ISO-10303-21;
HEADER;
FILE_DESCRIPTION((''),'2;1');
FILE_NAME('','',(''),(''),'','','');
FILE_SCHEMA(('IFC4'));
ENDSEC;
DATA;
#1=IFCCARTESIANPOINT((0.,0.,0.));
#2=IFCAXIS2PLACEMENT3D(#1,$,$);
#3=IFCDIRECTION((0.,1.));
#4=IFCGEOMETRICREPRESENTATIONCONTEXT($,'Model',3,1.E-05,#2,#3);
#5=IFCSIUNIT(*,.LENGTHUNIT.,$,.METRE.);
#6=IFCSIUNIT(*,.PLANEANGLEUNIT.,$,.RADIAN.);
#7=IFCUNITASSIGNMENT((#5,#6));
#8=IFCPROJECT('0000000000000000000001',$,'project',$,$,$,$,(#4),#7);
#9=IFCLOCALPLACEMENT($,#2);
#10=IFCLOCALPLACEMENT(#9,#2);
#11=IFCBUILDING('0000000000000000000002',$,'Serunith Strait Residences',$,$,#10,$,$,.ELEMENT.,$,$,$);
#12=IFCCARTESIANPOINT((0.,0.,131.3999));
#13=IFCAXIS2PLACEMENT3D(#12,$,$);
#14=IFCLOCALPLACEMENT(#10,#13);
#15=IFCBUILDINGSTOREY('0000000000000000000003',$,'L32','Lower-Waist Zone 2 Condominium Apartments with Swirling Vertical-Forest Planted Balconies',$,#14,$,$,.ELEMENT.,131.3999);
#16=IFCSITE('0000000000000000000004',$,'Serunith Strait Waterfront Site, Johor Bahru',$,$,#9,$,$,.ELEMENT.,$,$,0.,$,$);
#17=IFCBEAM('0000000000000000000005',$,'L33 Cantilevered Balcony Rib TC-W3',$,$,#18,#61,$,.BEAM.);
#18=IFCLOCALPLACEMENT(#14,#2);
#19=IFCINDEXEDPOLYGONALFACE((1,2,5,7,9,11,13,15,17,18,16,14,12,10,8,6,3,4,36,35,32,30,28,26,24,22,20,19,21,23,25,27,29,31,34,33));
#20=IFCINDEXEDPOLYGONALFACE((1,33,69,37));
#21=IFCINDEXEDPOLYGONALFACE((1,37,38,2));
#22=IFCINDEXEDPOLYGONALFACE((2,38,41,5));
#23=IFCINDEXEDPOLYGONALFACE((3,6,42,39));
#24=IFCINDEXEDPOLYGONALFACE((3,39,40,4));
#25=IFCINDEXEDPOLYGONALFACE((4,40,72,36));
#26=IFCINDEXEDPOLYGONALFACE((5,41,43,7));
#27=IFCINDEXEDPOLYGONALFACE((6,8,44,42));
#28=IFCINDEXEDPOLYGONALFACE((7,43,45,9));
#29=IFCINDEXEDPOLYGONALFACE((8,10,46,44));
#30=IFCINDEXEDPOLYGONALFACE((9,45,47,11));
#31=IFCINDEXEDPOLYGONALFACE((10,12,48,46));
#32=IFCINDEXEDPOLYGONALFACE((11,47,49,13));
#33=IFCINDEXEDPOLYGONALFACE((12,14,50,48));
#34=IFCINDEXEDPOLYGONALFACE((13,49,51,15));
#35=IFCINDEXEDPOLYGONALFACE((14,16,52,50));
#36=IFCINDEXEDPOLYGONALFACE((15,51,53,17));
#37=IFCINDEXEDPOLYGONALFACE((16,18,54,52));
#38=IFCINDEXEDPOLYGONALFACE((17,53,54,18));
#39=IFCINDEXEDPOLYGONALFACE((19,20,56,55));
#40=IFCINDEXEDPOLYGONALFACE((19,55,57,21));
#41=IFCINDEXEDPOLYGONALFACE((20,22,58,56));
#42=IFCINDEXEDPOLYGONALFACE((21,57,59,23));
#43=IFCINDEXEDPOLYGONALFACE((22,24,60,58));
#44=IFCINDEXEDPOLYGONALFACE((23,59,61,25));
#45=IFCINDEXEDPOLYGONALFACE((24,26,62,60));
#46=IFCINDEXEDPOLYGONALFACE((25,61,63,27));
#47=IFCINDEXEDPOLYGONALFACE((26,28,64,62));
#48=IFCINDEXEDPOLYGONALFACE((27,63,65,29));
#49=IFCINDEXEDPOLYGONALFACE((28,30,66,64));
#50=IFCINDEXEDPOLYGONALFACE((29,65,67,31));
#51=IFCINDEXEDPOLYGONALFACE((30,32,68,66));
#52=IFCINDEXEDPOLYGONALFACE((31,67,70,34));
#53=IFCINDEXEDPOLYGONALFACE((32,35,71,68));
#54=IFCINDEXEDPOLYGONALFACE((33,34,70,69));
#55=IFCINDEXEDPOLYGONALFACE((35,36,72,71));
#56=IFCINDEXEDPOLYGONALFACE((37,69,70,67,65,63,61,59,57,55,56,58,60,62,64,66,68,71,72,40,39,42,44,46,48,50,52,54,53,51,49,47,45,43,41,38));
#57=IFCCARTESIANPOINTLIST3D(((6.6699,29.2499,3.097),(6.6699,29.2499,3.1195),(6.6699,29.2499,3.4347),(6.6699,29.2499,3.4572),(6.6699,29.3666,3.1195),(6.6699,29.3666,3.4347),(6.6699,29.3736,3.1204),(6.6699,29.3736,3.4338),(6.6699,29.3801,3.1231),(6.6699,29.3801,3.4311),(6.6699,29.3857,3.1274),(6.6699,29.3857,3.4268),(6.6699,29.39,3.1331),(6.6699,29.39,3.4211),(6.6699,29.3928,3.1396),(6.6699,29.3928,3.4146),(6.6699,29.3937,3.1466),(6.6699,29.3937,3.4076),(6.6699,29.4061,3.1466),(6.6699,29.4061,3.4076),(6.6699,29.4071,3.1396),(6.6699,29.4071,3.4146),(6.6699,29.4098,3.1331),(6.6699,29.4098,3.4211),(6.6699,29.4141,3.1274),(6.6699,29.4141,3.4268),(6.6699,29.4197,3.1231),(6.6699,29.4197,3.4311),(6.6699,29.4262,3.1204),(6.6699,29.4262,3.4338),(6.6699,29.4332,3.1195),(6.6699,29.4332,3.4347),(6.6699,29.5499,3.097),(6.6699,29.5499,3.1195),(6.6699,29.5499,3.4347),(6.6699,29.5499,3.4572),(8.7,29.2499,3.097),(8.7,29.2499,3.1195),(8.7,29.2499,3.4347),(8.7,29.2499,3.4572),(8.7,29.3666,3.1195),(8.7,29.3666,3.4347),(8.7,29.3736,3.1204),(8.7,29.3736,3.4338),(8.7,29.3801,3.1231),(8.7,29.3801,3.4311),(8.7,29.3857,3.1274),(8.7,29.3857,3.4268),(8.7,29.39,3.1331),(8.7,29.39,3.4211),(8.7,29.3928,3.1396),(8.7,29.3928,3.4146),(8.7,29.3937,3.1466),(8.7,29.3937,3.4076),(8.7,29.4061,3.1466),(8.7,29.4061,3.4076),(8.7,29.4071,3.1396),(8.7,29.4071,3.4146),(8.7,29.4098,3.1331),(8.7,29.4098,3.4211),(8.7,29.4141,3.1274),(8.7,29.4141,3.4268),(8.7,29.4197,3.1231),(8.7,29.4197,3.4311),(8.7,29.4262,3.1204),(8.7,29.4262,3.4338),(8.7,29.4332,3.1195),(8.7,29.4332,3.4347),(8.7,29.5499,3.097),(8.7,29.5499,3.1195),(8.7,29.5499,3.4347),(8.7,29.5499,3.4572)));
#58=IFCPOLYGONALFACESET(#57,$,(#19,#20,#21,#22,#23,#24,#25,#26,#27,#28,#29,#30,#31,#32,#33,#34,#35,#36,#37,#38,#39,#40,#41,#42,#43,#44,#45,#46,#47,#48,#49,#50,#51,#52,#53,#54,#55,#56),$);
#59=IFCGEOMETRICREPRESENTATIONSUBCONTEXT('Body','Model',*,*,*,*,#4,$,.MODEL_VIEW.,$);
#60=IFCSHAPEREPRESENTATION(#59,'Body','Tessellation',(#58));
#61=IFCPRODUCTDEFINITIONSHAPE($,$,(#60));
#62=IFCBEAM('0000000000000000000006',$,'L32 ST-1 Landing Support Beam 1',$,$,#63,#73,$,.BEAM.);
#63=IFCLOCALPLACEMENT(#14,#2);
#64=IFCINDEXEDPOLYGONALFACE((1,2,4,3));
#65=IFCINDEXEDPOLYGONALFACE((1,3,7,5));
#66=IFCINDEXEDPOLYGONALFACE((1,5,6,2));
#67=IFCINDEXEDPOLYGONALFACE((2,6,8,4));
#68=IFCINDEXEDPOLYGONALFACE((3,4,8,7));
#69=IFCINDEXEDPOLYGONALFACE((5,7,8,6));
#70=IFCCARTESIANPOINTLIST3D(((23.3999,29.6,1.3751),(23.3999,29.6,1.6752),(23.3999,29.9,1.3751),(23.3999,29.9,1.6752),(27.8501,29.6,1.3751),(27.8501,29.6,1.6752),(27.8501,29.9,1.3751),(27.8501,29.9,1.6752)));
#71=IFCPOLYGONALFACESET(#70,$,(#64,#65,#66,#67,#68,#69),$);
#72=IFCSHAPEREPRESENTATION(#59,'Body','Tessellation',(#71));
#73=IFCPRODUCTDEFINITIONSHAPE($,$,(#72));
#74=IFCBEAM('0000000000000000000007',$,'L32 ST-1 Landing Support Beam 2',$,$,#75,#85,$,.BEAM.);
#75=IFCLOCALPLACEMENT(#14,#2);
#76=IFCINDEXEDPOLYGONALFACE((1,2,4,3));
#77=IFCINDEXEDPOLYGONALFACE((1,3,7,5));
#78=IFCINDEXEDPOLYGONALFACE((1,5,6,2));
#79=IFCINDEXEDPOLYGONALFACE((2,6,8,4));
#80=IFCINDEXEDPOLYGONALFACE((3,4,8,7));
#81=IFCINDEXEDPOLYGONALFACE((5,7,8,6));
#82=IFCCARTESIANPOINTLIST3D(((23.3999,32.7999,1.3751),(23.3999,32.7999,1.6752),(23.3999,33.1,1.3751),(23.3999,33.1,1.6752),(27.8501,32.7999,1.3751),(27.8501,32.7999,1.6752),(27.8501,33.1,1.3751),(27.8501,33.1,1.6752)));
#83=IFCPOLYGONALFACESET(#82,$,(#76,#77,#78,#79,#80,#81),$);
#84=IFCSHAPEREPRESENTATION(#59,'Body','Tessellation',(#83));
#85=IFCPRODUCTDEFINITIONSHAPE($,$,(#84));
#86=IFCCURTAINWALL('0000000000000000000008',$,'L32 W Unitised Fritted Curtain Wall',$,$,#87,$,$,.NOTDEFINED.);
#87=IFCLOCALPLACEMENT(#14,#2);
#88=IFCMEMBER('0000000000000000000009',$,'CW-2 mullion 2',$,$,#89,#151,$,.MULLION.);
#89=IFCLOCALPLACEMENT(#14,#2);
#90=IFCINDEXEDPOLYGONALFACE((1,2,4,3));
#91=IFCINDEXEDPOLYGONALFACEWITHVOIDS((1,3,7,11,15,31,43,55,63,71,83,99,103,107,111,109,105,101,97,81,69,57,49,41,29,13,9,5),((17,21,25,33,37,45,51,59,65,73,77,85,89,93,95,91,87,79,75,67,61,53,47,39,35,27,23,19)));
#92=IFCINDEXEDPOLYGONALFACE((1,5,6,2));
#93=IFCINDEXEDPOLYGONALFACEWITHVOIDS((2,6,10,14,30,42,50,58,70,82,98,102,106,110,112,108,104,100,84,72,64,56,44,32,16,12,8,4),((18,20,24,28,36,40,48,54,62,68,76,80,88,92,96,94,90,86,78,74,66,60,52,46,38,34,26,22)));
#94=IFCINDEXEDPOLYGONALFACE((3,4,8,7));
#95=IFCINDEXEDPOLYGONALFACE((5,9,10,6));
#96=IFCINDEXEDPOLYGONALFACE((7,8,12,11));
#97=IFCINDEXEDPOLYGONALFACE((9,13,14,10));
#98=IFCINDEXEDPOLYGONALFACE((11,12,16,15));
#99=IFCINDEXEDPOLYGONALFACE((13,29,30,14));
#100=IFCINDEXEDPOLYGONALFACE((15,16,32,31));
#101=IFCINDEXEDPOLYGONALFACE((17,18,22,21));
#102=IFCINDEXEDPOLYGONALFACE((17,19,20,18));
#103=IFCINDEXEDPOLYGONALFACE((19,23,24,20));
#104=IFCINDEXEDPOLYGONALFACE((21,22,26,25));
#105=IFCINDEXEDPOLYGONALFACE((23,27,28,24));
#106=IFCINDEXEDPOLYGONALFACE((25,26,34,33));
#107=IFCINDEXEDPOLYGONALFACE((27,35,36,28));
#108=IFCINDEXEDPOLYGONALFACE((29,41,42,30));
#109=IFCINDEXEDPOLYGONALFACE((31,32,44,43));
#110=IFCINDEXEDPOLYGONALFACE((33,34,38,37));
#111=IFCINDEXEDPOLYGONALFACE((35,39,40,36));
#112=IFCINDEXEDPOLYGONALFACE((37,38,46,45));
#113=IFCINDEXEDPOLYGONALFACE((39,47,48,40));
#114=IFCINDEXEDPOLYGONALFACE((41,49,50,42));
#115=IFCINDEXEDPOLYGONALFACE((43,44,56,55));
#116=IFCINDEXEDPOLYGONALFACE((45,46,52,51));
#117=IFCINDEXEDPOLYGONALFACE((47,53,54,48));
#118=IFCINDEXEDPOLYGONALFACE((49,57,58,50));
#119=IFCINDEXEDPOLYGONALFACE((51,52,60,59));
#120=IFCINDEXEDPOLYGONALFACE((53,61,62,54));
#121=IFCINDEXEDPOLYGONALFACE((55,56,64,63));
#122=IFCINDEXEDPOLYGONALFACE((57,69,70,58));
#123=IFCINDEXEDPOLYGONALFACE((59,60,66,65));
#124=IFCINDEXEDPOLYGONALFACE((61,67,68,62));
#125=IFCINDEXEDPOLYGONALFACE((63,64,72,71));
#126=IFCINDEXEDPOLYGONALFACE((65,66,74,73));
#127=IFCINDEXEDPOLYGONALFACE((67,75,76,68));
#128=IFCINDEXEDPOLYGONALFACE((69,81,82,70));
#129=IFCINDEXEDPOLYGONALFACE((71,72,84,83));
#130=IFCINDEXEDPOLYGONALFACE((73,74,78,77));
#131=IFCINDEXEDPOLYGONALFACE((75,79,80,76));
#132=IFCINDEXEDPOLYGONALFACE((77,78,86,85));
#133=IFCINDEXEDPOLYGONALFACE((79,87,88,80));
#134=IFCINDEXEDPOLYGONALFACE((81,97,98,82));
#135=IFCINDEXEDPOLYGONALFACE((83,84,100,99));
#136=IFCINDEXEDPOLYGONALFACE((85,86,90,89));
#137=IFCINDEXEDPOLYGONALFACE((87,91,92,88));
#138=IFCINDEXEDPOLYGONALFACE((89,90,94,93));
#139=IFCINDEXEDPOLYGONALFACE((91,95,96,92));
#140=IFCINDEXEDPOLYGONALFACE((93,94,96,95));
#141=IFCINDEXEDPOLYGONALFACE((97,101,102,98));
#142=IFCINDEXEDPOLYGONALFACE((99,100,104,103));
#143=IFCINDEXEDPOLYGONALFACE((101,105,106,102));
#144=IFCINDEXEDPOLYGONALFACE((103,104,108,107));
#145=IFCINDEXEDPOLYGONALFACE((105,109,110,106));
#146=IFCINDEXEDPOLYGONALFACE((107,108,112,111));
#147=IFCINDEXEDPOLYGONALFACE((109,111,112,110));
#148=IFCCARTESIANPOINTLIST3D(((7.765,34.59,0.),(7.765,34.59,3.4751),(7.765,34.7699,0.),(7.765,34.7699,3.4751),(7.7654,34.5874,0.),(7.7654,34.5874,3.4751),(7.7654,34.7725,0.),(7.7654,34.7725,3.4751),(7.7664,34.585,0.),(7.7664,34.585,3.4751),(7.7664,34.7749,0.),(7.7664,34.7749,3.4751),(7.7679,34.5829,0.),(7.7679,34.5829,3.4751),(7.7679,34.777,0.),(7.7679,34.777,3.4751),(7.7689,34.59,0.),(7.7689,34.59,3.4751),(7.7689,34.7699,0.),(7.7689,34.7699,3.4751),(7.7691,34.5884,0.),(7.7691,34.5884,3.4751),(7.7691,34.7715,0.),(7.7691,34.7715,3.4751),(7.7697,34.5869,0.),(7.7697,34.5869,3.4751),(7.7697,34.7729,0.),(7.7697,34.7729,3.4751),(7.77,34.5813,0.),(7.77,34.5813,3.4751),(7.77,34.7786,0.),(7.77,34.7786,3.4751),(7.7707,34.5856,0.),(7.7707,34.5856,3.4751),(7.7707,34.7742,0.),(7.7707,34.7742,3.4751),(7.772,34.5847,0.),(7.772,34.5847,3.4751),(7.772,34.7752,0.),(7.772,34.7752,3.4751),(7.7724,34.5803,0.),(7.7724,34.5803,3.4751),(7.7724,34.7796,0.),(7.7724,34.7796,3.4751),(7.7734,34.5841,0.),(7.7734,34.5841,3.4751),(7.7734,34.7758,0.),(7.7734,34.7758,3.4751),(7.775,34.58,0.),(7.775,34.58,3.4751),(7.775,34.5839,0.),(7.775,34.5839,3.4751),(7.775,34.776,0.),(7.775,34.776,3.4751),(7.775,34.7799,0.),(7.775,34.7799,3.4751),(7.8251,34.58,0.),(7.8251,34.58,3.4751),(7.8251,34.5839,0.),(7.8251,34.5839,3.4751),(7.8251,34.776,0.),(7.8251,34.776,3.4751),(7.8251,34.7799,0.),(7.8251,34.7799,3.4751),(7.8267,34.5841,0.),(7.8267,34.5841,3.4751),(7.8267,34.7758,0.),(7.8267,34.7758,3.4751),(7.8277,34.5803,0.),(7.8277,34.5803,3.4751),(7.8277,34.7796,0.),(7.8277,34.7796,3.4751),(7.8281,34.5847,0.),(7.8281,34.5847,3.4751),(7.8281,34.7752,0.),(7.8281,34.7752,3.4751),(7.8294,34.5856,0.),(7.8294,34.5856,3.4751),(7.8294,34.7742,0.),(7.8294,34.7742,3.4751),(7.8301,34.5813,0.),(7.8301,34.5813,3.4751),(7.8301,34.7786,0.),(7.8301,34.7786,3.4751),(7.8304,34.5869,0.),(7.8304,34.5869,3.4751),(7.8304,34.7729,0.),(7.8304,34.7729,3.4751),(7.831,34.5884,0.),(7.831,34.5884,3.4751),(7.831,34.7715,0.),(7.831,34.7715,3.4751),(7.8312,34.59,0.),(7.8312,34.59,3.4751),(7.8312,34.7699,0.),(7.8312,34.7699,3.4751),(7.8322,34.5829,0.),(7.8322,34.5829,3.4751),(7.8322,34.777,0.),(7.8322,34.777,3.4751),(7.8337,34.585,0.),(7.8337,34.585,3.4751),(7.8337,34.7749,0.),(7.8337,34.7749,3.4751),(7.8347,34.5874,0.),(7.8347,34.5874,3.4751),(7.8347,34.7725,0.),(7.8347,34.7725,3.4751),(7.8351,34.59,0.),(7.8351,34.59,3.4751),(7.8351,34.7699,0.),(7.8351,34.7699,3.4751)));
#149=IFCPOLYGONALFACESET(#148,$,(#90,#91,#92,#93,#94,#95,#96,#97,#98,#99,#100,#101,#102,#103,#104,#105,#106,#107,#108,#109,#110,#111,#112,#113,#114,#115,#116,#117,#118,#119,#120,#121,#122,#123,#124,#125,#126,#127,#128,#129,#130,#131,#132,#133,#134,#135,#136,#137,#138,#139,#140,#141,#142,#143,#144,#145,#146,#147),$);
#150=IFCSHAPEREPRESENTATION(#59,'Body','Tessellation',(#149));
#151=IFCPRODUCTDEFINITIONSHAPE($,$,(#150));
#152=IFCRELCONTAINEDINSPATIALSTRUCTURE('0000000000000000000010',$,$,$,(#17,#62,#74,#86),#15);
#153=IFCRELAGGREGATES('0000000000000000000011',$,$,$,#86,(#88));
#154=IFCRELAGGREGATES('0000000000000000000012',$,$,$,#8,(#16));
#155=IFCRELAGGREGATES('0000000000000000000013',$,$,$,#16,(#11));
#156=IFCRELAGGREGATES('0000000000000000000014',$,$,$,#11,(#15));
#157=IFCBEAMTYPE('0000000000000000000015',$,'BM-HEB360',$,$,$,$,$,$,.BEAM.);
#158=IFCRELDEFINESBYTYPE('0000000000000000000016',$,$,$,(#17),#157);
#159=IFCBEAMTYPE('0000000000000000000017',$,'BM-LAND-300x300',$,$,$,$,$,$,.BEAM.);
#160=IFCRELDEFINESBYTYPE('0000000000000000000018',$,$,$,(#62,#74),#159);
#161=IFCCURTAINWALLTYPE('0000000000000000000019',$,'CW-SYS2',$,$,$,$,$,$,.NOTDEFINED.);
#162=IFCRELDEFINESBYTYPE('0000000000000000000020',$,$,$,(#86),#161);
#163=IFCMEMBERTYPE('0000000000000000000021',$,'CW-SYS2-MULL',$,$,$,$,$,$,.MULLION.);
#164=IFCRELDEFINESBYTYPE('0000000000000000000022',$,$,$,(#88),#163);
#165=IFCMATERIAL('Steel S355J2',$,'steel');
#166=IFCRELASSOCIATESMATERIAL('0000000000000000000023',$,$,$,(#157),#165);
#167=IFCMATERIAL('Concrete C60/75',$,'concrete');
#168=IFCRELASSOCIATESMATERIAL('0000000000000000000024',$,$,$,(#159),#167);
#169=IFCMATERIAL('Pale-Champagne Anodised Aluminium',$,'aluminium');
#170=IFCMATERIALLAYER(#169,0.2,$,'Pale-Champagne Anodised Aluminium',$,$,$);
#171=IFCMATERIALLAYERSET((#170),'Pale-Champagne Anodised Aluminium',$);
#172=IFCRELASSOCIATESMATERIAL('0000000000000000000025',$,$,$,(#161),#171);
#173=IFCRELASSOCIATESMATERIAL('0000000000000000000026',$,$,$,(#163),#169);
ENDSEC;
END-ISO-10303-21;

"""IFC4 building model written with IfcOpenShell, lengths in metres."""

from ifc_helpers import new_model, si_unit, direction, frame, origin, origin_2d, place, context, subcontext, project, spatial, rectangle, hollow_rectangle, i_section, extrude, source, transform, mapped, material, layer, layer_set, material_profile, profile_set, type_object, element, aggregate, save


model = new_model("IFC4")

# Units and contexts
model_context = context("Model", 3, precision=1e-05, world=origin(), true_north=direction((0.0, 1.0)))
body_context = subcontext(model_context, "Body", "Model", "MODEL_VIEW")
ifc_project = project(units=[si_unit("LENGTHUNIT", "METRE"), si_unit("PLANEANGLEUNIT", "RADIAN")], contexts=[model_context])

# Site, building, storey
site_placement = place(None, origin())
site = spatial("IfcSite", under=ifc_project, at=site_placement, Name="Serunith Strait Waterfront Site, Johor Bahru", CompositionType="ELEMENT", RefElevation=0.0)
building_placement = place(site_placement, origin())
building = spatial("IfcBuilding", under=site, at=building_placement, Name="Serunith Strait Residences", CompositionType="ELEMENT")
storey_placement = place(building_placement, frame((0.0, 0.0, 131.3999)))
storey = spatial("IfcBuildingStorey", under=building, at=storey_placement, Name="L32", Description="Lower-Waist Zone 2 Condominium Apartments with Swirling Vertical-Forest Planted Balconies", CompositionType="ELEMENT", Elevation=131.3999)

# Beams
ifc_material_1 = material(Name="Steel S355J2", Category="steel")
ifc_material_profile_1 = material_profile(ifc_material_1, i_section(OverallWidth=0.3, OverallDepth=0.3601, WebThickness=0.0125, FlangeThickness=0.0225, FilletRadius=0.0271, at=origin_2d()), Name="HEB 360")
ifc_profile_set_1 = profile_set([ifc_material_profile_1], Name="Steel S355J2")
beam_type_1 = type_object("IfcBeamType", Name="BM-HEB360", PredefinedType="BEAM", material=ifc_profile_set_1)
shared_shape_1 = source(origin(), body_context, "Body", "SweptSolid", [
    extrude(i_section(OverallWidth=0.3, OverallDepth=0.3601, WebThickness=0.0125, FlangeThickness=0.0225, FilletRadius=0.0271, at=origin_2d()), origin(), (0.0, 0.0, 1.0), 2.03),
])
beam_1_placement = place(storey_placement, frame((8.7, 29.3999, 3.2771), z_axis=(-1.0, 0.0, 0.0), x_axis=(0.0, -1.0, 0.0)))
element("IfcBeam", 1, at=beam_1_placement, inside=storey, type_object=beam_type_1, Name="L33 Cantilevered Balcony Rib TC-W3", PredefinedType="BEAM", context=body_context, shape_type="MappedRepresentation", body=[
    mapped(shared_shape_1, transform((0.0, 0.0, 0.0), scale=1.0)),
])
ifc_material_2 = material(Name="Concrete C60/75", Category="concrete")
ifc_material_profile_2 = material_profile(ifc_material_2, rectangle(XDim=0.3, YDim=0.3, at=origin_2d()), Name="RC 300x300")
ifc_profile_set_2 = profile_set([ifc_material_profile_2], Name="Concrete C60/75")
beam_type_2 = type_object("IfcBeamType", Name="BM-LAND-300x300", PredefinedType="BEAM", material=ifc_profile_set_2)
shared_shape_2 = source(origin(), body_context, "Body", "SweptSolid", [
    extrude(rectangle(XDim=0.3, YDim=0.3, at=origin_2d()), origin(), (0.0, 0.0, 1.0), 4.4502),
])
for number, where, z_axis, x_axis, name in (
    (2, (23.3999, 29.75, 1.5251), (1.0, 0.0, 0.0), (0.0, 1.0, 0.0), "L32 ST-1 Landing Support Beam 1"),
    (3, (23.3999, 32.95, 1.5251), (1.0, 0.0, 0.0), (0.0, 1.0, 0.0), "L32 ST-1 Landing Support Beam 2"),
):
    element("IfcBeam", number, at=place(storey_placement, frame(where, z_axis=z_axis, x_axis=x_axis)), inside=storey, type_object=beam_type_2, Name=name, PredefinedType="BEAM", context=body_context, shape_type="MappedRepresentation", body=[
        mapped(shared_shape_2, transform((0.0, 0.0, 0.0), scale=1.0)),
    ])

# Curtain wall, member
ifc_material_3 = material(Name="Pale-Champagne Anodised Aluminium", Category="aluminium")
ifc_layer_1 = layer(ifc_material_3, 0.2, Name="Pale-Champagne Anodised Aluminium")
ifc_layer_set_1 = layer_set([ifc_layer_1], Name="Pale-Champagne Anodised Aluminium")
curtain_wall_type = type_object("IfcCurtainWallType", Name="CW-SYS2", PredefinedType="NOTDEFINED", material=ifc_layer_set_1)
curtain_wall_placement = place(storey_placement, origin())
curtain_wall = element("IfcCurtainWall", 4, at=curtain_wall_placement, inside=storey, type_object=curtain_wall_type, Name="L32 W Unitised Fritted Curtain Wall", PredefinedType="NOTDEFINED")
ifc_material_profile_3 = material_profile(ifc_material_3, hollow_rectangle(XDim=0.0701, YDim=0.2, WallThickness=0.0039, InnerFilletRadius=0.0061, OuterFilletRadius=0.01, at=origin_2d()), Name="ALU 200x70x4")
ifc_profile_set_3 = profile_set([ifc_material_profile_3], Name="Pale-Champagne Anodised Aluminium")
member_type_1 = type_object("IfcMemberType", Name="CW-SYS2-MULL", PredefinedType="MULLION", material=ifc_profile_set_3)
shared_shape_3 = source(origin(), body_context, "Body", "SweptSolid", [
    extrude(hollow_rectangle(XDim=0.0701, YDim=0.2, WallThickness=0.0039, InnerFilletRadius=0.0061, OuterFilletRadius=0.01, at=origin_2d()), origin(), (0.0, 0.0, 1.0), 3.4751),
])
member_1_placement = place(storey_placement, frame((7.8, 34.6799, 0.0), z_axis=(0.0, 0.0, 1.0), x_axis=(1.0, 0.0, 0.0)))
member_1 = element("IfcMember", 5, at=member_1_placement, type_object=member_type_1, Name="CW-2 mullion 2", PredefinedType="MULLION", context=body_context, shape_type="MappedRepresentation", body=[
    mapped(shared_shape_3, transform((0.0, 0.0, 0.0), scale=1.0)),
])
aggregate(curtain_wall, [member_1])

save(model, "model.ifc")
